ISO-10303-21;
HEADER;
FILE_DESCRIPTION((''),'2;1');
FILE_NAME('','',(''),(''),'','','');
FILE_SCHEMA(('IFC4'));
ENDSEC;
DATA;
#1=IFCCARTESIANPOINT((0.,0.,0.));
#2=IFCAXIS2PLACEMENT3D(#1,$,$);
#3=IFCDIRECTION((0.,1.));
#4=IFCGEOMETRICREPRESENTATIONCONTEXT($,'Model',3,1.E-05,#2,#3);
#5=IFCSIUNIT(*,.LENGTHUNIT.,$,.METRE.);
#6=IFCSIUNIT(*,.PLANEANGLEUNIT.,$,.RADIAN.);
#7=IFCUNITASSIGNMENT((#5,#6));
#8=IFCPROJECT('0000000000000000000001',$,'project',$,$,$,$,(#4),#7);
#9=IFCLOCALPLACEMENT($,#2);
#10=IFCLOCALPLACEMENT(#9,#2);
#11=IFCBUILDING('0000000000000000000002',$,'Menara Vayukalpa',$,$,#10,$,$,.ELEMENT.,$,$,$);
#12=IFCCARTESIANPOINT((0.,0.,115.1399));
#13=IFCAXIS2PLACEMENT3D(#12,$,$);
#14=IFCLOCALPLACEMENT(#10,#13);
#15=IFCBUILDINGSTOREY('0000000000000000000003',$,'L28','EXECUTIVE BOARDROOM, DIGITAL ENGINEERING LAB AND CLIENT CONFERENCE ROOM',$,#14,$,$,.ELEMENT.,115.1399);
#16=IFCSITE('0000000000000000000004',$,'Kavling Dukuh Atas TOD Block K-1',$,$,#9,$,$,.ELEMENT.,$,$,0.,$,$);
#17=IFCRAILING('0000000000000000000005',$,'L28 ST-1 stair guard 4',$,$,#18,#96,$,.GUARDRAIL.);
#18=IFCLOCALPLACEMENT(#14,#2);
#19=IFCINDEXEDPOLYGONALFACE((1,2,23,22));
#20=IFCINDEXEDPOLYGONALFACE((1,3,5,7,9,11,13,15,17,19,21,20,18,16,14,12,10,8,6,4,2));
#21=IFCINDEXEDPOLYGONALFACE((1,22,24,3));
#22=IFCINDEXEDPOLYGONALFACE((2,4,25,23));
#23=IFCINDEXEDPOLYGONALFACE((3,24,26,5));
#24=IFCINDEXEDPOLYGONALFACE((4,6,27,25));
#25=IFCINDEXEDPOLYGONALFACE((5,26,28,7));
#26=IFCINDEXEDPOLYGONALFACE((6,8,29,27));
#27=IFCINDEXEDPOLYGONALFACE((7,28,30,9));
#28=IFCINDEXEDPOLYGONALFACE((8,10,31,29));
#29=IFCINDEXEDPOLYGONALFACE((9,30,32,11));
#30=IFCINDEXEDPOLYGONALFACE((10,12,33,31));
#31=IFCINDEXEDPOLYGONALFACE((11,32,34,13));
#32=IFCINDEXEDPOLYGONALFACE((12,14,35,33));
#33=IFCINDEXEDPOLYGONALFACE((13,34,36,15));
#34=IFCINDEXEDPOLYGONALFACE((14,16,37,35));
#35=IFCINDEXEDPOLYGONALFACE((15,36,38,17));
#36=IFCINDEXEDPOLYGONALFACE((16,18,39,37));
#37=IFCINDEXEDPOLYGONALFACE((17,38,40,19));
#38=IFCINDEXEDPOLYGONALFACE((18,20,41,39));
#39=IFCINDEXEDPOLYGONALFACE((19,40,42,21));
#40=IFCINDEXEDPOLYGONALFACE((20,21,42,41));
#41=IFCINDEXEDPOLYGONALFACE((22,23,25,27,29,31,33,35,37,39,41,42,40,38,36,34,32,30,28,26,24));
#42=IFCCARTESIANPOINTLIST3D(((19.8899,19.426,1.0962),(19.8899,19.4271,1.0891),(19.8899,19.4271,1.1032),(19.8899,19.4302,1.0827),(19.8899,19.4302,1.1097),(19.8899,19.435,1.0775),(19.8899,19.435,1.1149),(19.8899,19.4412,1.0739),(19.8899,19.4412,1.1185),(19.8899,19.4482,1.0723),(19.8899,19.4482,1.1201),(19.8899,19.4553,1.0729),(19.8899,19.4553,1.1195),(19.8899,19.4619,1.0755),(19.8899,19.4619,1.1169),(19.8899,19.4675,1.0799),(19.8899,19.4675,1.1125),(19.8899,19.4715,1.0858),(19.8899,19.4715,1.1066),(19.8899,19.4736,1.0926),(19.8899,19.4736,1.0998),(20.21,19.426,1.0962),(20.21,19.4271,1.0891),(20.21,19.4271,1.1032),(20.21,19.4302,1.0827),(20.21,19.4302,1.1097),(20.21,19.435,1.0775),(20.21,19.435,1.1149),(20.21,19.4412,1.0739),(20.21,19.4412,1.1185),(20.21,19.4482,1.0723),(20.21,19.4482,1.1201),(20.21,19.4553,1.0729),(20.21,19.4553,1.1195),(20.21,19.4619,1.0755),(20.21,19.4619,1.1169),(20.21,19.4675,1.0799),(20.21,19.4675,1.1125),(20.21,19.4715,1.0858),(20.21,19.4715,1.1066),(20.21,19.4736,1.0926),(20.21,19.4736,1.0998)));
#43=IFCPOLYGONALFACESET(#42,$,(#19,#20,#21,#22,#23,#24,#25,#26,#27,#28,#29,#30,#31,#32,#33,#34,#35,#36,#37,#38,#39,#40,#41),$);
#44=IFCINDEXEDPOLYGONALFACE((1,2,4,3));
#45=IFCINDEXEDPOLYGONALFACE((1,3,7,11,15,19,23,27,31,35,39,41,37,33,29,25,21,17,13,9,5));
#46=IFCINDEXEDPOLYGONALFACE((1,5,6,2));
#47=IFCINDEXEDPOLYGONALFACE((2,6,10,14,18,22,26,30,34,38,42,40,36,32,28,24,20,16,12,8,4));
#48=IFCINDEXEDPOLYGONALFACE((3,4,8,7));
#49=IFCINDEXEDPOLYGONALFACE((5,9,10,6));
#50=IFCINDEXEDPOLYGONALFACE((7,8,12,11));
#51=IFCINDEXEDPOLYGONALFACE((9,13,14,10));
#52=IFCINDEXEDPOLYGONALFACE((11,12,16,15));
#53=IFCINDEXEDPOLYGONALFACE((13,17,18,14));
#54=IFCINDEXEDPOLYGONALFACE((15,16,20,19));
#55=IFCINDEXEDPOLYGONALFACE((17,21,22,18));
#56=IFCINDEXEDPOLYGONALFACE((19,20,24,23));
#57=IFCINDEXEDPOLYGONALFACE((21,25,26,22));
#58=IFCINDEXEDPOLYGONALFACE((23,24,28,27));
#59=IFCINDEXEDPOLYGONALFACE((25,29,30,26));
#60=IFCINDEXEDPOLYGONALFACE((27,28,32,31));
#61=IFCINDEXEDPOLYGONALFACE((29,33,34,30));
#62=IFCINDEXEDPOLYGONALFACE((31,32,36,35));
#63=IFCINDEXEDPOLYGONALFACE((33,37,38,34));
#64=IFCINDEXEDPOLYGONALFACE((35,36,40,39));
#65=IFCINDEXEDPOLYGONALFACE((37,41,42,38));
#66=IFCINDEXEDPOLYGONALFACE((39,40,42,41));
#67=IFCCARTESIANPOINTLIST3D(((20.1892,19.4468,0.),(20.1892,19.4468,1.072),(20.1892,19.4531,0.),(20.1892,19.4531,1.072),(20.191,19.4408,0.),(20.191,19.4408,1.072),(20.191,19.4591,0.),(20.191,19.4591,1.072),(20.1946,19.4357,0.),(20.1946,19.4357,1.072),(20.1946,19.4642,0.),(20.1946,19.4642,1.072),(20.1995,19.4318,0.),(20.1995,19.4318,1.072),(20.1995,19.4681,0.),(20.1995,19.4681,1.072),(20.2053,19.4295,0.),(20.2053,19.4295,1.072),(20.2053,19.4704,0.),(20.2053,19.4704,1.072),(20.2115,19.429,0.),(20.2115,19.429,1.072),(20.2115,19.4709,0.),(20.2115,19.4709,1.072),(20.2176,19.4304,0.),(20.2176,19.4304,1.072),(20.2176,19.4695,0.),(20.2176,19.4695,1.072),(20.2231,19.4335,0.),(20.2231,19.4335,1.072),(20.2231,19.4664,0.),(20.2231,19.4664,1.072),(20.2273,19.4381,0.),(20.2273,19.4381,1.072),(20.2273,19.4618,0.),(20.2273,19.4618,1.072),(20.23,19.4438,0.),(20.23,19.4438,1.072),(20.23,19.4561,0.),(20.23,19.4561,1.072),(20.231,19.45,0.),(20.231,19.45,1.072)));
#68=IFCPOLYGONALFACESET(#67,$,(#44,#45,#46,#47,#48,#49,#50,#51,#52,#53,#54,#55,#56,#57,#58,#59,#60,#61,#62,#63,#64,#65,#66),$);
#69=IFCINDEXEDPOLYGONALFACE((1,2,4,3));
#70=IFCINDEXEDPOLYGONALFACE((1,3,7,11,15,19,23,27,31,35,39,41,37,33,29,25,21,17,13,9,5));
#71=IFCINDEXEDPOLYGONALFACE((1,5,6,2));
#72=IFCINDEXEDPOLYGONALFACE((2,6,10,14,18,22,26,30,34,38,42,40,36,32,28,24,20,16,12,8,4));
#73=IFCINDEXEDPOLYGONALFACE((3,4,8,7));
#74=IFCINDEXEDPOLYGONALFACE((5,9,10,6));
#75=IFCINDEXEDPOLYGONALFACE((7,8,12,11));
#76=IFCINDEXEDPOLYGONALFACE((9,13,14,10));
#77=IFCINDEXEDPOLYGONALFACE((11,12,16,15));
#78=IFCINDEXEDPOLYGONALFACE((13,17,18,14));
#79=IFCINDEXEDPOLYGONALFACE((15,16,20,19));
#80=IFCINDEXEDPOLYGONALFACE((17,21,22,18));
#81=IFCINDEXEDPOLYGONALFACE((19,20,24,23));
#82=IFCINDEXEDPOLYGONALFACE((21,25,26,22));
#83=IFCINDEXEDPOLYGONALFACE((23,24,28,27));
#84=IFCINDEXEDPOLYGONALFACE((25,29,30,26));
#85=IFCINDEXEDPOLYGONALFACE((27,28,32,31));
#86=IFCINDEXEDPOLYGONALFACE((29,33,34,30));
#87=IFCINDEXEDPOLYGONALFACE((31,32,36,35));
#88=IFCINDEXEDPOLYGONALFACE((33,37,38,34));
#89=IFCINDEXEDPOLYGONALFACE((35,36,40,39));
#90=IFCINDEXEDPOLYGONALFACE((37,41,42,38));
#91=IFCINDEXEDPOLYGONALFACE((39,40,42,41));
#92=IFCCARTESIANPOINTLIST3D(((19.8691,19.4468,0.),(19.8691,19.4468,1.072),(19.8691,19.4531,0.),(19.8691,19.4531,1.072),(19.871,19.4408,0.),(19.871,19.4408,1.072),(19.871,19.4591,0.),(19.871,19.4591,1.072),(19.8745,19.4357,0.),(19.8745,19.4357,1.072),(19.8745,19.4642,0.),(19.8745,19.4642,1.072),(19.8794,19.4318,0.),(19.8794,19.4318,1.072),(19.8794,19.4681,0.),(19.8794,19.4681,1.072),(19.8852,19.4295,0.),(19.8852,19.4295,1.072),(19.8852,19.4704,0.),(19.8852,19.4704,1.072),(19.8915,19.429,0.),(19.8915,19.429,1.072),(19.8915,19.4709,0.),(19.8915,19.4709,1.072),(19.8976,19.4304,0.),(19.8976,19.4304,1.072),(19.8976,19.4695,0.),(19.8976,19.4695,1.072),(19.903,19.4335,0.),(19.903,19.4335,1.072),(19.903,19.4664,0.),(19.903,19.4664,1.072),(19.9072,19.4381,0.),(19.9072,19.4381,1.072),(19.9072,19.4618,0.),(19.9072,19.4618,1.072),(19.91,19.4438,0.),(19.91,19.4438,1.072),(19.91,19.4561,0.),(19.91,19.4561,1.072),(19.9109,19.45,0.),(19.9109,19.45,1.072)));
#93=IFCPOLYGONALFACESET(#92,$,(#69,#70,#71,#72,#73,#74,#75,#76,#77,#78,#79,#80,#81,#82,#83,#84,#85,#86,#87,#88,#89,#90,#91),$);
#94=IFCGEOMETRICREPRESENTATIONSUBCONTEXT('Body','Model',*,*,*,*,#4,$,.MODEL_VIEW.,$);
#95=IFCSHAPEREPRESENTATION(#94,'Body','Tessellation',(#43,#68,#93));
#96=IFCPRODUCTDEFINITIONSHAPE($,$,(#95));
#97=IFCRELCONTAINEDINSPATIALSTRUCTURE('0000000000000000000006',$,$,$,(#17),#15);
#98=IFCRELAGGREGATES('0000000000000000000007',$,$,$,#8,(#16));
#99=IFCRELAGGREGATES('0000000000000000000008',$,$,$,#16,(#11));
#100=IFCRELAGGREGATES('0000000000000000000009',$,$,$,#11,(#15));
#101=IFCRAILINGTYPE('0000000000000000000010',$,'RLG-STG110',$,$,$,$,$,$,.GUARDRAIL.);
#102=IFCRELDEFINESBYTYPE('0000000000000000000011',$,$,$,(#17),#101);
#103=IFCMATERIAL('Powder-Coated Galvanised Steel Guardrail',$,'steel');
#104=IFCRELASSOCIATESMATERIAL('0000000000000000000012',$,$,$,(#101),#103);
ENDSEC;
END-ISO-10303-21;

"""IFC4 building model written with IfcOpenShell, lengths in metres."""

from ifc_helpers import new_model, si_unit, direction, frame, origin, origin_2d, place, context, subcontext, project, spatial, circle, extrude, material, type_object, element, save


model = new_model("IFC4")

# Units and contexts
model_context = context("Model", 3, precision=1e-05, world=origin(), true_north=direction((0.0, 1.0)))
body_context = subcontext(model_context, "Body", "Model", "MODEL_VIEW")
ifc_project = project(units=[si_unit("LENGTHUNIT", "METRE"), si_unit("PLANEANGLEUNIT", "RADIAN")], contexts=[model_context])

# Site, building, storey
site_placement = place(None, origin())
site = spatial("IfcSite", under=ifc_project, at=site_placement, Name="Kavling Dukuh Atas TOD Block K-1", CompositionType="ELEMENT", RefElevation=0.0)
building_placement = place(site_placement, origin())
building = spatial("IfcBuilding", under=site, at=building_placement, Name="Menara Vayukalpa", CompositionType="ELEMENT")
storey_placement = place(building_placement, frame((0.0, 0.0, 115.1399)))
storey = spatial("IfcBuildingStorey", under=building, at=storey_placement, Name="L28", Description="EXECUTIVE BOARDROOM, DIGITAL ENGINEERING LAB AND CLIENT CONFERENCE ROOM", CompositionType="ELEMENT", Elevation=115.1399)

# Railing
ifc_material_1 = material(Name="Powder-Coated Galvanised Steel Guardrail", Category="steel")
railing_type_1 = type_object("IfcRailingType", Name="RLG-STG110", PredefinedType="GUARDRAIL", material=ifc_material_1)
railing_1_placement = place(storey_placement, frame((20.21, 19.45, 0.0)))
element("IfcRailing", 1, at=railing_1_placement, inside=storey, type_object=railing_type_1, Name="L28 ST-1 stair guard 4", PredefinedType="GUARDRAIL", context=body_context, shape_type="SweptSolid", body=[
    extrude(circle(Radius=0.0239, at=origin_2d()), frame((0.0, 0.0, 1.0962), z_axis=(-1.0, 0.0, 0.0), x_axis=(0.0, -1.0, 0.0)), (0.0, 0.0, 1.0), 0.3201),
    extrude(circle(Radius=0.021, at=origin_2d()), origin(), (0.0, 0.0, 1.0), 1.072),
    extrude(circle(Radius=0.021, at=origin_2d()), frame((-0.3201, 0.0, 0.0)), (0.0, 0.0, 1.0), 1.072),
])

save(model, "model.ifc")
